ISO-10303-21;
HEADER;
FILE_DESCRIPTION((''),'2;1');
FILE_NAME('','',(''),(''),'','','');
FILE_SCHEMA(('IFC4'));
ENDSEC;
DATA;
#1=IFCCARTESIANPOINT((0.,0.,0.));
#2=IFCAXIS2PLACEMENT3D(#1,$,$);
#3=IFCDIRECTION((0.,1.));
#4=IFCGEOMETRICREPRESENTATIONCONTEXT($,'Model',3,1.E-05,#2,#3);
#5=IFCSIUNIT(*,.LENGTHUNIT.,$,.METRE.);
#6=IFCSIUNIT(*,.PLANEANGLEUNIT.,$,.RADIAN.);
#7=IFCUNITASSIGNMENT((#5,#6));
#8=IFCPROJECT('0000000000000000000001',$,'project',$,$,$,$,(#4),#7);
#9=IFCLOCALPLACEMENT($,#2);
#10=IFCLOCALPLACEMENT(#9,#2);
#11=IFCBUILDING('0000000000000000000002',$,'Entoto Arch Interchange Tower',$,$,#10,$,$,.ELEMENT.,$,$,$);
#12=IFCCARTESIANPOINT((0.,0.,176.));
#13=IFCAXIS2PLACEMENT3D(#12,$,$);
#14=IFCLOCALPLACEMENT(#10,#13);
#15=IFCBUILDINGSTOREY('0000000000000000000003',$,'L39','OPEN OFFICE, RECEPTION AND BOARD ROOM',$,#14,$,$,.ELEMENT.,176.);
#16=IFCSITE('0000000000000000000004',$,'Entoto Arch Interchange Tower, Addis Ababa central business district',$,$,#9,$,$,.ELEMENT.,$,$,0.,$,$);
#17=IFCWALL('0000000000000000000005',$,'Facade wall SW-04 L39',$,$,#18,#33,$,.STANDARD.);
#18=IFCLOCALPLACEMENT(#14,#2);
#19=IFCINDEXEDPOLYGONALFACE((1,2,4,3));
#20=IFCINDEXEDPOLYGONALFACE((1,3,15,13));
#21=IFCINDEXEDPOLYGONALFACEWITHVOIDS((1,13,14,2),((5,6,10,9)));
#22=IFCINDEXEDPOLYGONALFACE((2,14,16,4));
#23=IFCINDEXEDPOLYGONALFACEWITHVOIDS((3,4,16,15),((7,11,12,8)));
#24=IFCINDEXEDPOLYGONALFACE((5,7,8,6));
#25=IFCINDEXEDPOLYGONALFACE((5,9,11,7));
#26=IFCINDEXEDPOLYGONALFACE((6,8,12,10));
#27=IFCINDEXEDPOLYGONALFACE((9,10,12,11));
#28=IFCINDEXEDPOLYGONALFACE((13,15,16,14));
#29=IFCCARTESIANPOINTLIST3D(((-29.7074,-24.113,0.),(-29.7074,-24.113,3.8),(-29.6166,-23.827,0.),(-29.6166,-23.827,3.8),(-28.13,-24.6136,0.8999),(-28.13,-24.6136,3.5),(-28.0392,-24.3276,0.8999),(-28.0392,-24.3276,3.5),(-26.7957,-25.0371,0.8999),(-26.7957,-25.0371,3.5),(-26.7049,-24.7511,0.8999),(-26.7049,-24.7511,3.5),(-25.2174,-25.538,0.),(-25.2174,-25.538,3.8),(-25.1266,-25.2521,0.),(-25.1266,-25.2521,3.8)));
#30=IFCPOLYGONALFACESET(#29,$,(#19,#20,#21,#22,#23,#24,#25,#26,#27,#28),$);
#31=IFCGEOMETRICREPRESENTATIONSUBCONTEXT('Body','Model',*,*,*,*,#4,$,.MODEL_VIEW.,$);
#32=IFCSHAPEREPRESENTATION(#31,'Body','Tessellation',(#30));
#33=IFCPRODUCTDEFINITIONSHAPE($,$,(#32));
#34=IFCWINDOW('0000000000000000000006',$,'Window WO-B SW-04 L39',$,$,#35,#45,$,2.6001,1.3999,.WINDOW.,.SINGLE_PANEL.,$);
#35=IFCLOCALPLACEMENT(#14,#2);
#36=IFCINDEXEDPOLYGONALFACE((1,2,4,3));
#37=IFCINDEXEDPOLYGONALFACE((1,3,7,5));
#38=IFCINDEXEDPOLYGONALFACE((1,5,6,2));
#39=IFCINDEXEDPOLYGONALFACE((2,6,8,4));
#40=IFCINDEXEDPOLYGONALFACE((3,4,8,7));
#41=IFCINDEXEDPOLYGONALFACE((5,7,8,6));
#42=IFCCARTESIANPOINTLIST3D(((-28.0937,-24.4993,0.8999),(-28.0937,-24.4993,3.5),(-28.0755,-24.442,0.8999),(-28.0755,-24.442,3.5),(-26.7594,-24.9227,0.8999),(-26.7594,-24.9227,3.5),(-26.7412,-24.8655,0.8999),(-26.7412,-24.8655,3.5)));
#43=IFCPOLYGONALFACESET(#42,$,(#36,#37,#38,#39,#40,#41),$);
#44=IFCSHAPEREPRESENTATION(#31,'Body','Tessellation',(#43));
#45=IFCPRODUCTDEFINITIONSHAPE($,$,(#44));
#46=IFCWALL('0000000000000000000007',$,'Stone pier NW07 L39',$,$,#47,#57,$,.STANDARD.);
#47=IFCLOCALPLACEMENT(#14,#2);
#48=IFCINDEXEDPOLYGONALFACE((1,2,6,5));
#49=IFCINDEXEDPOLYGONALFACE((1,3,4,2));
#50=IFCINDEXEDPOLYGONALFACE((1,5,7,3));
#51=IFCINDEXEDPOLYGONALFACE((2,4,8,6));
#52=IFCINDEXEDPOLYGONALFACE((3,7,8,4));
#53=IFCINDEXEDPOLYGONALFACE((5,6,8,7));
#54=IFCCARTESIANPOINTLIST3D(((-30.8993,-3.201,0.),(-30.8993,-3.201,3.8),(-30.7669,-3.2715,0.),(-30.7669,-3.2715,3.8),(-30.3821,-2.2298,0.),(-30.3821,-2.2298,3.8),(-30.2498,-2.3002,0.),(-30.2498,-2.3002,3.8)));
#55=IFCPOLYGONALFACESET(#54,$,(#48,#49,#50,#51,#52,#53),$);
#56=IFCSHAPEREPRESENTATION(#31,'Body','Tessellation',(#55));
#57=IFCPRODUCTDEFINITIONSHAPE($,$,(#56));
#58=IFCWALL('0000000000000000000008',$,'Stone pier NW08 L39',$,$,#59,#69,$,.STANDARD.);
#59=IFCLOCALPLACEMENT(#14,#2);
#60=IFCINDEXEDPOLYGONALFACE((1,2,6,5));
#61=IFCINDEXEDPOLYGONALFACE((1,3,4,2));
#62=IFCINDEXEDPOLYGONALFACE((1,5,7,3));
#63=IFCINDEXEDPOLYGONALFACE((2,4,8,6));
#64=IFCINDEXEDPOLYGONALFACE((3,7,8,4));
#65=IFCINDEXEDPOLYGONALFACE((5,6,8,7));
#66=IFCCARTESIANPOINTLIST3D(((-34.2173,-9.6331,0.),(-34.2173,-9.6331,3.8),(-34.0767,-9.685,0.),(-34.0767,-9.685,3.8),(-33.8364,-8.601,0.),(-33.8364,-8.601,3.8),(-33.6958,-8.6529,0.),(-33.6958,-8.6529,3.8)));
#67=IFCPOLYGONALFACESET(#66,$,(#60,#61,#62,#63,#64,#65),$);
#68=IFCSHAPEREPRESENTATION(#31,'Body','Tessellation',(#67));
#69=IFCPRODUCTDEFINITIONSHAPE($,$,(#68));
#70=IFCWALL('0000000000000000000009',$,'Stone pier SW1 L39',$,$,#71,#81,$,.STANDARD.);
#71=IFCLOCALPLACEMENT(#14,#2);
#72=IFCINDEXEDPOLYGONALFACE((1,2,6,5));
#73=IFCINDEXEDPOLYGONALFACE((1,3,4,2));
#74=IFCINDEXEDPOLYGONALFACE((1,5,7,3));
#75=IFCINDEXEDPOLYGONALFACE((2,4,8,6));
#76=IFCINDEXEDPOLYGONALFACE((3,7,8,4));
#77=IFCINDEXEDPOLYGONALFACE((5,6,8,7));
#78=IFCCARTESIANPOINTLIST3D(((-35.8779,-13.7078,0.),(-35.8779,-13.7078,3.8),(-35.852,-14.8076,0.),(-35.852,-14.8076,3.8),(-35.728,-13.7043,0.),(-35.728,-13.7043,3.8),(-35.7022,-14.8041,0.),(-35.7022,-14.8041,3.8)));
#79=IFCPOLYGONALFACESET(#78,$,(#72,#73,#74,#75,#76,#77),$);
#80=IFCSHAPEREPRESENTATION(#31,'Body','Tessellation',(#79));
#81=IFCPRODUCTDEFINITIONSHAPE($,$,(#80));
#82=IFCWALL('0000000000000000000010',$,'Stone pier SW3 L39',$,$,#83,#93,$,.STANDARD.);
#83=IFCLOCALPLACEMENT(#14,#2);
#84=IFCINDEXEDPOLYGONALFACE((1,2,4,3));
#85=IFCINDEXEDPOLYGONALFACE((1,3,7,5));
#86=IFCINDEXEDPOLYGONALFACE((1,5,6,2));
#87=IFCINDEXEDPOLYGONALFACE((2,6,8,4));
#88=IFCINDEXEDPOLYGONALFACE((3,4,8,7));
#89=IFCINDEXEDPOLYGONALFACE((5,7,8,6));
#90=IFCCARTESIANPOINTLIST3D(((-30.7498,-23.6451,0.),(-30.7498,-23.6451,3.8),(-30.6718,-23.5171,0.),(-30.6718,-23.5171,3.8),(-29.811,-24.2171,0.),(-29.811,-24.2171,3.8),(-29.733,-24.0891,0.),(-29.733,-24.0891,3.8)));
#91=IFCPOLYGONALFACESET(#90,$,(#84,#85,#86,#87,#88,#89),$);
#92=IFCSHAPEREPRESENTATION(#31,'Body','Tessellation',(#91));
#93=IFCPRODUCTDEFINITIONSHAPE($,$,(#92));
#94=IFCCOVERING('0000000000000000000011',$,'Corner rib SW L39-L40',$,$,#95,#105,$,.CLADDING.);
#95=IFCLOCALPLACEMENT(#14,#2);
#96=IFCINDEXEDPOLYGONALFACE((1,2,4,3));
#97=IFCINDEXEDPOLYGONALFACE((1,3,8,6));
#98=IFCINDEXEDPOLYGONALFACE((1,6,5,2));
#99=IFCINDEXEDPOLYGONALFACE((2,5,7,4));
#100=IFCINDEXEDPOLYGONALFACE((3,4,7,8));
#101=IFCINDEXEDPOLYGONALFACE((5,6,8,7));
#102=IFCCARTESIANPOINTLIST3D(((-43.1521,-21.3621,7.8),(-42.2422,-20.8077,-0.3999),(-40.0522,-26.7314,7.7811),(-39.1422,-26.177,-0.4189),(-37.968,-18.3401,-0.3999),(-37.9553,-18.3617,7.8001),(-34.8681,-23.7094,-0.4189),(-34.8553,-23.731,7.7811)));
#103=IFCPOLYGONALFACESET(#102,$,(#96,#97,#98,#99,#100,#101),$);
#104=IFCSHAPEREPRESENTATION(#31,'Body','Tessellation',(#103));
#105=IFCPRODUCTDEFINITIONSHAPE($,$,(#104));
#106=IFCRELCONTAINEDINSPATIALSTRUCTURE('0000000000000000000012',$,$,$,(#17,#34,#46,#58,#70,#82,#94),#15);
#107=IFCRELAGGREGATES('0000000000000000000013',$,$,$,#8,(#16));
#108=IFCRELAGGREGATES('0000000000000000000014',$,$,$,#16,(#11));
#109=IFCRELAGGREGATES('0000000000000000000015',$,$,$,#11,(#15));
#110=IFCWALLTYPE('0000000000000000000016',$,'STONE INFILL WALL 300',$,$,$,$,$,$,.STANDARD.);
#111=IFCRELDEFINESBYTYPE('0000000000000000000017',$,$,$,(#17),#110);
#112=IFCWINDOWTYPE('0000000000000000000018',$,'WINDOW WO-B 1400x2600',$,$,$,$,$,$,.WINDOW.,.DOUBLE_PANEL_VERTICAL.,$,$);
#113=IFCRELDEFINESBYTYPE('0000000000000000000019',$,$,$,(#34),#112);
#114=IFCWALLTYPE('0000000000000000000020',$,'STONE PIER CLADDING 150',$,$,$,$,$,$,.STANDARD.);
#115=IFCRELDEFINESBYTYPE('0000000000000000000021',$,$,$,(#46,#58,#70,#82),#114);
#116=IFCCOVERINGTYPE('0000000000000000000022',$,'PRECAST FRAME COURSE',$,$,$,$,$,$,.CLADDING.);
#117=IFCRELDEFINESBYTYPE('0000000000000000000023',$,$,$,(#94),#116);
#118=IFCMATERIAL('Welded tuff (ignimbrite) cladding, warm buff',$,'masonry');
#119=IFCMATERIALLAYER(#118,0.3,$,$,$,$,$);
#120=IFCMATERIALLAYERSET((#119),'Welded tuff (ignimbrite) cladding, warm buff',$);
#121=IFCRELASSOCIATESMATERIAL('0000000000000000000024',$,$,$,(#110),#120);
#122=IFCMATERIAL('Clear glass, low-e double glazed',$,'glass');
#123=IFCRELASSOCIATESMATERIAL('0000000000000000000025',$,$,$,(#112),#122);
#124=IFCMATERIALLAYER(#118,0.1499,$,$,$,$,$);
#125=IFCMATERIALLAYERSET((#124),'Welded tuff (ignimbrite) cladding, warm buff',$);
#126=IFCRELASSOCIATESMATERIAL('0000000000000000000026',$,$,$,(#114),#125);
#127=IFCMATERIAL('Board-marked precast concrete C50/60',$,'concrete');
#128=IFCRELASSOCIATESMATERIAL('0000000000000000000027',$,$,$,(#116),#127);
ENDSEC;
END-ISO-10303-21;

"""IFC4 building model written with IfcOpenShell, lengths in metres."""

from ifc_helpers import new_model, si_unit, direction, frame, frame_2d, origin, place, context, subcontext, project, spatial, polyline, rectangle, outline, extrude, material, layer, layer_set, type_object, element, fill, save


model = new_model("IFC4")

# Units and contexts
model_context = context("Model", 3, precision=1e-05, world=origin(), true_north=direction((0.0, 1.0)))
body_context = subcontext(model_context, "Body", "Model", "MODEL_VIEW")
ifc_project = project(units=[si_unit("LENGTHUNIT", "METRE"), si_unit("PLANEANGLEUNIT", "RADIAN")], contexts=[model_context])

# Site, building, storey
site_placement = place(None, origin())
site = spatial("IfcSite", under=ifc_project, at=site_placement, Name="Entoto Arch Interchange Tower, Addis Ababa central business district", CompositionType="ELEMENT", RefElevation=0.0)
building_placement = place(site_placement, origin())
building = spatial("IfcBuilding", under=site, at=building_placement, Name="Entoto Arch Interchange Tower", CompositionType="ELEMENT")
storey_placement = place(building_placement, frame((0.0, 0.0, 176.0)))
storey = spatial("IfcBuildingStorey", under=building, at=storey_placement, Name="L39", Description="OPEN OFFICE, RECEPTION AND BOARD ROOM", CompositionType="ELEMENT", Elevation=176.0)

# Shared definitions
ifc_material_1 = material(Name="Welded tuff (ignimbrite) cladding, warm buff", Category="masonry")
ifc_layer_1 = layer(ifc_material_1, 0.3)
ifc_layer_set_1 = layer_set([ifc_layer_1], Name="Welded tuff (ignimbrite) cladding, warm buff")
wall_type_1 = type_object("IfcWallType", Name="STONE INFILL WALL 300", PredefinedType="STANDARD", material=ifc_layer_set_1)
ifc_material_2 = material(Name="Clear glass, low-e double glazed", Category="glass")

# Wall, opening, window
window_type_1 = type_object("IfcWindowType", Name="WINDOW WO-B 1400x2600", PartitioningType="DOUBLE_PANEL_VERTICAL", PredefinedType="WINDOW", material=ifc_material_2)
wall_1_placement = place(storey_placement, frame((-29.6621, -23.97, 0.0), z_axis=(0.0, 0.0, 1.0), x_axis=(0.953145, -0.302513, 0.0)))
wall_1 = element("IfcWall", 1, at=wall_1_placement, inside=storey, type_object=wall_type_1, Name="Facade wall SW-04 L39", PredefinedType="STANDARD", context=body_context, shape_type="SweptSolid", body=[
    extrude(rectangle(XDim=4.7107, YDim=0.3, at=frame_2d((2.3555, 0.0))), origin(), (0.0, 0.0, 1.0), 3.8),
])
opening_1_placement = place(wall_1_placement, frame((1.655, 0.0, 0.8999)))
opening_1 = element("IfcOpeningElement", 2, at=opening_1_placement, cuts=wall_1, PredefinedType="OPENING", context=body_context, shape_type="SweptSolid", body=[
    extrude(rectangle(XDim=1.3999, YDim=2.6001, at=frame_2d((0.7, 1.3))), frame((0.0, 0.1602, 0.0), z_axis=(0.0, -1.0, 0.0), x_axis=(1.0, 0.0, 0.0)), (0.0, 0.0, 1.0), 0.3201),
])
window_1_placement = place(opening_1_placement, origin())
window_1 = element("IfcWindow", 3, at=window_1_placement, inside=storey, type_object=window_type_1, Name="Window WO-B SW-04 L39", OverallHeight=2.6001, OverallWidth=1.3999, PartitioningType="SINGLE_PANEL", PredefinedType="WINDOW", context=body_context, shape_type="SweptSolid", body=[
    extrude(rectangle(XDim=1.3999, YDim=2.6001, at=frame_2d((0.7, 1.3))), frame((0.0, 0.03, 0.0), z_axis=(0.0, -1.0, 0.0), x_axis=(1.0, 0.0, 0.0)), (0.0, 0.0, 1.0), 0.0601),
])
fill(opening_1, window_1)

# Walls
ifc_layer_2 = layer(ifc_material_1, 0.1499)
ifc_layer_set_2 = layer_set([ifc_layer_2], Name="Welded tuff (ignimbrite) cladding, warm buff")
wall_type_2 = type_object("IfcWallType", Name="STONE PIER CLADDING 150", PredefinedType="STANDARD", material=ifc_layer_set_2)
wall_2_placement = place(storey_placement, frame((-30.3159, -2.2649, 0.0), z_axis=(0.0, 0.0, 1.0), x_axis=(-0.469966, -0.882684, 0.0)))
element("IfcWall", 4, at=wall_2_placement, inside=storey, type_object=wall_type_2, Name="Stone pier NW07 L39", PredefinedType="STANDARD", context=body_context, shape_type="SweptSolid", body=[
    extrude(rectangle(XDim=1.1003, YDim=0.1499, at=frame_2d((0.5503, 0.0))), origin(), (0.0, 0.0, 1.0), 3.8),
])
for number, where, z_axis, x_axis, name in (
    (5, (-33.7661, -8.627, 0.0), (0.0, 0.0, 1.0), (-0.34623, -0.93815, 0.0), "Stone pier NW08 L39"),
    (6, (-35.803, -13.7061, 0.0), (0.0, 0.0, 1.0), (0.023523, -0.999723, 0.0), "Stone pier SW1 L39"),
):
    element("IfcWall", number, at=place(storey_placement, frame(where, z_axis=z_axis, x_axis=x_axis)), inside=storey, type_object=wall_type_2, Name=name, PredefinedType="STANDARD", context=body_context, shape_type="SweptSolid", body=[
        extrude(rectangle(XDim=1.1001, YDim=0.1499, at=frame_2d((0.55, 0.0))), origin(), (0.0, 0.0, 1.0), 3.8),
    ])
wall_3_placement = place(storey_placement, frame((-30.7109, -23.5811, 0.0), z_axis=(0.0, 0.0, 1.0), x_axis=(0.854006, -0.520264, 0.0)))
element("IfcWall", 7, at=wall_3_placement, inside=storey, type_object=wall_type_2, Name="Stone pier SW3 L39", PredefinedType="STANDARD", context=body_context, shape_type="SweptSolid", body=[
    extrude(rectangle(XDim=1.0994, YDim=0.1499, at=frame_2d((0.5498, 0.0))), origin(), (0.0, 0.0, 1.0), 3.8),
])

# Covering
ifc_material_3 = material(Name="Board-marked precast concrete C50/60", Category="concrete")
covering_type = type_object("IfcCoveringType", Name="PRECAST FRAME COURSE", PredefinedType="CLADDING", material=ifc_material_3)
covering_1_placement = place(storey_placement, frame((-37.968, -18.3401, -0.3999), z_axis=(-0.499995, 0.866023, 0.003059), x_axis=(-0.866027, -0.499998, 0.0)))
element("IfcCovering", 8, at=covering_1_placement, inside=storey, type_object=covering_type, Name="Corner rib SW L39-L40", PredefinedType="CLADDING", context=body_context, shape_type="SweptSolid", body=[
    extrude(outline(polyline([(0.0, 0.0), (4.9353, 0.0), (6.0005, 8.2), (-0.0002, 8.2), (0.0, 0.0)])), origin(), (0.0, 0.0, -1.0), 6.2),
])

save(model, "model.ifc")
